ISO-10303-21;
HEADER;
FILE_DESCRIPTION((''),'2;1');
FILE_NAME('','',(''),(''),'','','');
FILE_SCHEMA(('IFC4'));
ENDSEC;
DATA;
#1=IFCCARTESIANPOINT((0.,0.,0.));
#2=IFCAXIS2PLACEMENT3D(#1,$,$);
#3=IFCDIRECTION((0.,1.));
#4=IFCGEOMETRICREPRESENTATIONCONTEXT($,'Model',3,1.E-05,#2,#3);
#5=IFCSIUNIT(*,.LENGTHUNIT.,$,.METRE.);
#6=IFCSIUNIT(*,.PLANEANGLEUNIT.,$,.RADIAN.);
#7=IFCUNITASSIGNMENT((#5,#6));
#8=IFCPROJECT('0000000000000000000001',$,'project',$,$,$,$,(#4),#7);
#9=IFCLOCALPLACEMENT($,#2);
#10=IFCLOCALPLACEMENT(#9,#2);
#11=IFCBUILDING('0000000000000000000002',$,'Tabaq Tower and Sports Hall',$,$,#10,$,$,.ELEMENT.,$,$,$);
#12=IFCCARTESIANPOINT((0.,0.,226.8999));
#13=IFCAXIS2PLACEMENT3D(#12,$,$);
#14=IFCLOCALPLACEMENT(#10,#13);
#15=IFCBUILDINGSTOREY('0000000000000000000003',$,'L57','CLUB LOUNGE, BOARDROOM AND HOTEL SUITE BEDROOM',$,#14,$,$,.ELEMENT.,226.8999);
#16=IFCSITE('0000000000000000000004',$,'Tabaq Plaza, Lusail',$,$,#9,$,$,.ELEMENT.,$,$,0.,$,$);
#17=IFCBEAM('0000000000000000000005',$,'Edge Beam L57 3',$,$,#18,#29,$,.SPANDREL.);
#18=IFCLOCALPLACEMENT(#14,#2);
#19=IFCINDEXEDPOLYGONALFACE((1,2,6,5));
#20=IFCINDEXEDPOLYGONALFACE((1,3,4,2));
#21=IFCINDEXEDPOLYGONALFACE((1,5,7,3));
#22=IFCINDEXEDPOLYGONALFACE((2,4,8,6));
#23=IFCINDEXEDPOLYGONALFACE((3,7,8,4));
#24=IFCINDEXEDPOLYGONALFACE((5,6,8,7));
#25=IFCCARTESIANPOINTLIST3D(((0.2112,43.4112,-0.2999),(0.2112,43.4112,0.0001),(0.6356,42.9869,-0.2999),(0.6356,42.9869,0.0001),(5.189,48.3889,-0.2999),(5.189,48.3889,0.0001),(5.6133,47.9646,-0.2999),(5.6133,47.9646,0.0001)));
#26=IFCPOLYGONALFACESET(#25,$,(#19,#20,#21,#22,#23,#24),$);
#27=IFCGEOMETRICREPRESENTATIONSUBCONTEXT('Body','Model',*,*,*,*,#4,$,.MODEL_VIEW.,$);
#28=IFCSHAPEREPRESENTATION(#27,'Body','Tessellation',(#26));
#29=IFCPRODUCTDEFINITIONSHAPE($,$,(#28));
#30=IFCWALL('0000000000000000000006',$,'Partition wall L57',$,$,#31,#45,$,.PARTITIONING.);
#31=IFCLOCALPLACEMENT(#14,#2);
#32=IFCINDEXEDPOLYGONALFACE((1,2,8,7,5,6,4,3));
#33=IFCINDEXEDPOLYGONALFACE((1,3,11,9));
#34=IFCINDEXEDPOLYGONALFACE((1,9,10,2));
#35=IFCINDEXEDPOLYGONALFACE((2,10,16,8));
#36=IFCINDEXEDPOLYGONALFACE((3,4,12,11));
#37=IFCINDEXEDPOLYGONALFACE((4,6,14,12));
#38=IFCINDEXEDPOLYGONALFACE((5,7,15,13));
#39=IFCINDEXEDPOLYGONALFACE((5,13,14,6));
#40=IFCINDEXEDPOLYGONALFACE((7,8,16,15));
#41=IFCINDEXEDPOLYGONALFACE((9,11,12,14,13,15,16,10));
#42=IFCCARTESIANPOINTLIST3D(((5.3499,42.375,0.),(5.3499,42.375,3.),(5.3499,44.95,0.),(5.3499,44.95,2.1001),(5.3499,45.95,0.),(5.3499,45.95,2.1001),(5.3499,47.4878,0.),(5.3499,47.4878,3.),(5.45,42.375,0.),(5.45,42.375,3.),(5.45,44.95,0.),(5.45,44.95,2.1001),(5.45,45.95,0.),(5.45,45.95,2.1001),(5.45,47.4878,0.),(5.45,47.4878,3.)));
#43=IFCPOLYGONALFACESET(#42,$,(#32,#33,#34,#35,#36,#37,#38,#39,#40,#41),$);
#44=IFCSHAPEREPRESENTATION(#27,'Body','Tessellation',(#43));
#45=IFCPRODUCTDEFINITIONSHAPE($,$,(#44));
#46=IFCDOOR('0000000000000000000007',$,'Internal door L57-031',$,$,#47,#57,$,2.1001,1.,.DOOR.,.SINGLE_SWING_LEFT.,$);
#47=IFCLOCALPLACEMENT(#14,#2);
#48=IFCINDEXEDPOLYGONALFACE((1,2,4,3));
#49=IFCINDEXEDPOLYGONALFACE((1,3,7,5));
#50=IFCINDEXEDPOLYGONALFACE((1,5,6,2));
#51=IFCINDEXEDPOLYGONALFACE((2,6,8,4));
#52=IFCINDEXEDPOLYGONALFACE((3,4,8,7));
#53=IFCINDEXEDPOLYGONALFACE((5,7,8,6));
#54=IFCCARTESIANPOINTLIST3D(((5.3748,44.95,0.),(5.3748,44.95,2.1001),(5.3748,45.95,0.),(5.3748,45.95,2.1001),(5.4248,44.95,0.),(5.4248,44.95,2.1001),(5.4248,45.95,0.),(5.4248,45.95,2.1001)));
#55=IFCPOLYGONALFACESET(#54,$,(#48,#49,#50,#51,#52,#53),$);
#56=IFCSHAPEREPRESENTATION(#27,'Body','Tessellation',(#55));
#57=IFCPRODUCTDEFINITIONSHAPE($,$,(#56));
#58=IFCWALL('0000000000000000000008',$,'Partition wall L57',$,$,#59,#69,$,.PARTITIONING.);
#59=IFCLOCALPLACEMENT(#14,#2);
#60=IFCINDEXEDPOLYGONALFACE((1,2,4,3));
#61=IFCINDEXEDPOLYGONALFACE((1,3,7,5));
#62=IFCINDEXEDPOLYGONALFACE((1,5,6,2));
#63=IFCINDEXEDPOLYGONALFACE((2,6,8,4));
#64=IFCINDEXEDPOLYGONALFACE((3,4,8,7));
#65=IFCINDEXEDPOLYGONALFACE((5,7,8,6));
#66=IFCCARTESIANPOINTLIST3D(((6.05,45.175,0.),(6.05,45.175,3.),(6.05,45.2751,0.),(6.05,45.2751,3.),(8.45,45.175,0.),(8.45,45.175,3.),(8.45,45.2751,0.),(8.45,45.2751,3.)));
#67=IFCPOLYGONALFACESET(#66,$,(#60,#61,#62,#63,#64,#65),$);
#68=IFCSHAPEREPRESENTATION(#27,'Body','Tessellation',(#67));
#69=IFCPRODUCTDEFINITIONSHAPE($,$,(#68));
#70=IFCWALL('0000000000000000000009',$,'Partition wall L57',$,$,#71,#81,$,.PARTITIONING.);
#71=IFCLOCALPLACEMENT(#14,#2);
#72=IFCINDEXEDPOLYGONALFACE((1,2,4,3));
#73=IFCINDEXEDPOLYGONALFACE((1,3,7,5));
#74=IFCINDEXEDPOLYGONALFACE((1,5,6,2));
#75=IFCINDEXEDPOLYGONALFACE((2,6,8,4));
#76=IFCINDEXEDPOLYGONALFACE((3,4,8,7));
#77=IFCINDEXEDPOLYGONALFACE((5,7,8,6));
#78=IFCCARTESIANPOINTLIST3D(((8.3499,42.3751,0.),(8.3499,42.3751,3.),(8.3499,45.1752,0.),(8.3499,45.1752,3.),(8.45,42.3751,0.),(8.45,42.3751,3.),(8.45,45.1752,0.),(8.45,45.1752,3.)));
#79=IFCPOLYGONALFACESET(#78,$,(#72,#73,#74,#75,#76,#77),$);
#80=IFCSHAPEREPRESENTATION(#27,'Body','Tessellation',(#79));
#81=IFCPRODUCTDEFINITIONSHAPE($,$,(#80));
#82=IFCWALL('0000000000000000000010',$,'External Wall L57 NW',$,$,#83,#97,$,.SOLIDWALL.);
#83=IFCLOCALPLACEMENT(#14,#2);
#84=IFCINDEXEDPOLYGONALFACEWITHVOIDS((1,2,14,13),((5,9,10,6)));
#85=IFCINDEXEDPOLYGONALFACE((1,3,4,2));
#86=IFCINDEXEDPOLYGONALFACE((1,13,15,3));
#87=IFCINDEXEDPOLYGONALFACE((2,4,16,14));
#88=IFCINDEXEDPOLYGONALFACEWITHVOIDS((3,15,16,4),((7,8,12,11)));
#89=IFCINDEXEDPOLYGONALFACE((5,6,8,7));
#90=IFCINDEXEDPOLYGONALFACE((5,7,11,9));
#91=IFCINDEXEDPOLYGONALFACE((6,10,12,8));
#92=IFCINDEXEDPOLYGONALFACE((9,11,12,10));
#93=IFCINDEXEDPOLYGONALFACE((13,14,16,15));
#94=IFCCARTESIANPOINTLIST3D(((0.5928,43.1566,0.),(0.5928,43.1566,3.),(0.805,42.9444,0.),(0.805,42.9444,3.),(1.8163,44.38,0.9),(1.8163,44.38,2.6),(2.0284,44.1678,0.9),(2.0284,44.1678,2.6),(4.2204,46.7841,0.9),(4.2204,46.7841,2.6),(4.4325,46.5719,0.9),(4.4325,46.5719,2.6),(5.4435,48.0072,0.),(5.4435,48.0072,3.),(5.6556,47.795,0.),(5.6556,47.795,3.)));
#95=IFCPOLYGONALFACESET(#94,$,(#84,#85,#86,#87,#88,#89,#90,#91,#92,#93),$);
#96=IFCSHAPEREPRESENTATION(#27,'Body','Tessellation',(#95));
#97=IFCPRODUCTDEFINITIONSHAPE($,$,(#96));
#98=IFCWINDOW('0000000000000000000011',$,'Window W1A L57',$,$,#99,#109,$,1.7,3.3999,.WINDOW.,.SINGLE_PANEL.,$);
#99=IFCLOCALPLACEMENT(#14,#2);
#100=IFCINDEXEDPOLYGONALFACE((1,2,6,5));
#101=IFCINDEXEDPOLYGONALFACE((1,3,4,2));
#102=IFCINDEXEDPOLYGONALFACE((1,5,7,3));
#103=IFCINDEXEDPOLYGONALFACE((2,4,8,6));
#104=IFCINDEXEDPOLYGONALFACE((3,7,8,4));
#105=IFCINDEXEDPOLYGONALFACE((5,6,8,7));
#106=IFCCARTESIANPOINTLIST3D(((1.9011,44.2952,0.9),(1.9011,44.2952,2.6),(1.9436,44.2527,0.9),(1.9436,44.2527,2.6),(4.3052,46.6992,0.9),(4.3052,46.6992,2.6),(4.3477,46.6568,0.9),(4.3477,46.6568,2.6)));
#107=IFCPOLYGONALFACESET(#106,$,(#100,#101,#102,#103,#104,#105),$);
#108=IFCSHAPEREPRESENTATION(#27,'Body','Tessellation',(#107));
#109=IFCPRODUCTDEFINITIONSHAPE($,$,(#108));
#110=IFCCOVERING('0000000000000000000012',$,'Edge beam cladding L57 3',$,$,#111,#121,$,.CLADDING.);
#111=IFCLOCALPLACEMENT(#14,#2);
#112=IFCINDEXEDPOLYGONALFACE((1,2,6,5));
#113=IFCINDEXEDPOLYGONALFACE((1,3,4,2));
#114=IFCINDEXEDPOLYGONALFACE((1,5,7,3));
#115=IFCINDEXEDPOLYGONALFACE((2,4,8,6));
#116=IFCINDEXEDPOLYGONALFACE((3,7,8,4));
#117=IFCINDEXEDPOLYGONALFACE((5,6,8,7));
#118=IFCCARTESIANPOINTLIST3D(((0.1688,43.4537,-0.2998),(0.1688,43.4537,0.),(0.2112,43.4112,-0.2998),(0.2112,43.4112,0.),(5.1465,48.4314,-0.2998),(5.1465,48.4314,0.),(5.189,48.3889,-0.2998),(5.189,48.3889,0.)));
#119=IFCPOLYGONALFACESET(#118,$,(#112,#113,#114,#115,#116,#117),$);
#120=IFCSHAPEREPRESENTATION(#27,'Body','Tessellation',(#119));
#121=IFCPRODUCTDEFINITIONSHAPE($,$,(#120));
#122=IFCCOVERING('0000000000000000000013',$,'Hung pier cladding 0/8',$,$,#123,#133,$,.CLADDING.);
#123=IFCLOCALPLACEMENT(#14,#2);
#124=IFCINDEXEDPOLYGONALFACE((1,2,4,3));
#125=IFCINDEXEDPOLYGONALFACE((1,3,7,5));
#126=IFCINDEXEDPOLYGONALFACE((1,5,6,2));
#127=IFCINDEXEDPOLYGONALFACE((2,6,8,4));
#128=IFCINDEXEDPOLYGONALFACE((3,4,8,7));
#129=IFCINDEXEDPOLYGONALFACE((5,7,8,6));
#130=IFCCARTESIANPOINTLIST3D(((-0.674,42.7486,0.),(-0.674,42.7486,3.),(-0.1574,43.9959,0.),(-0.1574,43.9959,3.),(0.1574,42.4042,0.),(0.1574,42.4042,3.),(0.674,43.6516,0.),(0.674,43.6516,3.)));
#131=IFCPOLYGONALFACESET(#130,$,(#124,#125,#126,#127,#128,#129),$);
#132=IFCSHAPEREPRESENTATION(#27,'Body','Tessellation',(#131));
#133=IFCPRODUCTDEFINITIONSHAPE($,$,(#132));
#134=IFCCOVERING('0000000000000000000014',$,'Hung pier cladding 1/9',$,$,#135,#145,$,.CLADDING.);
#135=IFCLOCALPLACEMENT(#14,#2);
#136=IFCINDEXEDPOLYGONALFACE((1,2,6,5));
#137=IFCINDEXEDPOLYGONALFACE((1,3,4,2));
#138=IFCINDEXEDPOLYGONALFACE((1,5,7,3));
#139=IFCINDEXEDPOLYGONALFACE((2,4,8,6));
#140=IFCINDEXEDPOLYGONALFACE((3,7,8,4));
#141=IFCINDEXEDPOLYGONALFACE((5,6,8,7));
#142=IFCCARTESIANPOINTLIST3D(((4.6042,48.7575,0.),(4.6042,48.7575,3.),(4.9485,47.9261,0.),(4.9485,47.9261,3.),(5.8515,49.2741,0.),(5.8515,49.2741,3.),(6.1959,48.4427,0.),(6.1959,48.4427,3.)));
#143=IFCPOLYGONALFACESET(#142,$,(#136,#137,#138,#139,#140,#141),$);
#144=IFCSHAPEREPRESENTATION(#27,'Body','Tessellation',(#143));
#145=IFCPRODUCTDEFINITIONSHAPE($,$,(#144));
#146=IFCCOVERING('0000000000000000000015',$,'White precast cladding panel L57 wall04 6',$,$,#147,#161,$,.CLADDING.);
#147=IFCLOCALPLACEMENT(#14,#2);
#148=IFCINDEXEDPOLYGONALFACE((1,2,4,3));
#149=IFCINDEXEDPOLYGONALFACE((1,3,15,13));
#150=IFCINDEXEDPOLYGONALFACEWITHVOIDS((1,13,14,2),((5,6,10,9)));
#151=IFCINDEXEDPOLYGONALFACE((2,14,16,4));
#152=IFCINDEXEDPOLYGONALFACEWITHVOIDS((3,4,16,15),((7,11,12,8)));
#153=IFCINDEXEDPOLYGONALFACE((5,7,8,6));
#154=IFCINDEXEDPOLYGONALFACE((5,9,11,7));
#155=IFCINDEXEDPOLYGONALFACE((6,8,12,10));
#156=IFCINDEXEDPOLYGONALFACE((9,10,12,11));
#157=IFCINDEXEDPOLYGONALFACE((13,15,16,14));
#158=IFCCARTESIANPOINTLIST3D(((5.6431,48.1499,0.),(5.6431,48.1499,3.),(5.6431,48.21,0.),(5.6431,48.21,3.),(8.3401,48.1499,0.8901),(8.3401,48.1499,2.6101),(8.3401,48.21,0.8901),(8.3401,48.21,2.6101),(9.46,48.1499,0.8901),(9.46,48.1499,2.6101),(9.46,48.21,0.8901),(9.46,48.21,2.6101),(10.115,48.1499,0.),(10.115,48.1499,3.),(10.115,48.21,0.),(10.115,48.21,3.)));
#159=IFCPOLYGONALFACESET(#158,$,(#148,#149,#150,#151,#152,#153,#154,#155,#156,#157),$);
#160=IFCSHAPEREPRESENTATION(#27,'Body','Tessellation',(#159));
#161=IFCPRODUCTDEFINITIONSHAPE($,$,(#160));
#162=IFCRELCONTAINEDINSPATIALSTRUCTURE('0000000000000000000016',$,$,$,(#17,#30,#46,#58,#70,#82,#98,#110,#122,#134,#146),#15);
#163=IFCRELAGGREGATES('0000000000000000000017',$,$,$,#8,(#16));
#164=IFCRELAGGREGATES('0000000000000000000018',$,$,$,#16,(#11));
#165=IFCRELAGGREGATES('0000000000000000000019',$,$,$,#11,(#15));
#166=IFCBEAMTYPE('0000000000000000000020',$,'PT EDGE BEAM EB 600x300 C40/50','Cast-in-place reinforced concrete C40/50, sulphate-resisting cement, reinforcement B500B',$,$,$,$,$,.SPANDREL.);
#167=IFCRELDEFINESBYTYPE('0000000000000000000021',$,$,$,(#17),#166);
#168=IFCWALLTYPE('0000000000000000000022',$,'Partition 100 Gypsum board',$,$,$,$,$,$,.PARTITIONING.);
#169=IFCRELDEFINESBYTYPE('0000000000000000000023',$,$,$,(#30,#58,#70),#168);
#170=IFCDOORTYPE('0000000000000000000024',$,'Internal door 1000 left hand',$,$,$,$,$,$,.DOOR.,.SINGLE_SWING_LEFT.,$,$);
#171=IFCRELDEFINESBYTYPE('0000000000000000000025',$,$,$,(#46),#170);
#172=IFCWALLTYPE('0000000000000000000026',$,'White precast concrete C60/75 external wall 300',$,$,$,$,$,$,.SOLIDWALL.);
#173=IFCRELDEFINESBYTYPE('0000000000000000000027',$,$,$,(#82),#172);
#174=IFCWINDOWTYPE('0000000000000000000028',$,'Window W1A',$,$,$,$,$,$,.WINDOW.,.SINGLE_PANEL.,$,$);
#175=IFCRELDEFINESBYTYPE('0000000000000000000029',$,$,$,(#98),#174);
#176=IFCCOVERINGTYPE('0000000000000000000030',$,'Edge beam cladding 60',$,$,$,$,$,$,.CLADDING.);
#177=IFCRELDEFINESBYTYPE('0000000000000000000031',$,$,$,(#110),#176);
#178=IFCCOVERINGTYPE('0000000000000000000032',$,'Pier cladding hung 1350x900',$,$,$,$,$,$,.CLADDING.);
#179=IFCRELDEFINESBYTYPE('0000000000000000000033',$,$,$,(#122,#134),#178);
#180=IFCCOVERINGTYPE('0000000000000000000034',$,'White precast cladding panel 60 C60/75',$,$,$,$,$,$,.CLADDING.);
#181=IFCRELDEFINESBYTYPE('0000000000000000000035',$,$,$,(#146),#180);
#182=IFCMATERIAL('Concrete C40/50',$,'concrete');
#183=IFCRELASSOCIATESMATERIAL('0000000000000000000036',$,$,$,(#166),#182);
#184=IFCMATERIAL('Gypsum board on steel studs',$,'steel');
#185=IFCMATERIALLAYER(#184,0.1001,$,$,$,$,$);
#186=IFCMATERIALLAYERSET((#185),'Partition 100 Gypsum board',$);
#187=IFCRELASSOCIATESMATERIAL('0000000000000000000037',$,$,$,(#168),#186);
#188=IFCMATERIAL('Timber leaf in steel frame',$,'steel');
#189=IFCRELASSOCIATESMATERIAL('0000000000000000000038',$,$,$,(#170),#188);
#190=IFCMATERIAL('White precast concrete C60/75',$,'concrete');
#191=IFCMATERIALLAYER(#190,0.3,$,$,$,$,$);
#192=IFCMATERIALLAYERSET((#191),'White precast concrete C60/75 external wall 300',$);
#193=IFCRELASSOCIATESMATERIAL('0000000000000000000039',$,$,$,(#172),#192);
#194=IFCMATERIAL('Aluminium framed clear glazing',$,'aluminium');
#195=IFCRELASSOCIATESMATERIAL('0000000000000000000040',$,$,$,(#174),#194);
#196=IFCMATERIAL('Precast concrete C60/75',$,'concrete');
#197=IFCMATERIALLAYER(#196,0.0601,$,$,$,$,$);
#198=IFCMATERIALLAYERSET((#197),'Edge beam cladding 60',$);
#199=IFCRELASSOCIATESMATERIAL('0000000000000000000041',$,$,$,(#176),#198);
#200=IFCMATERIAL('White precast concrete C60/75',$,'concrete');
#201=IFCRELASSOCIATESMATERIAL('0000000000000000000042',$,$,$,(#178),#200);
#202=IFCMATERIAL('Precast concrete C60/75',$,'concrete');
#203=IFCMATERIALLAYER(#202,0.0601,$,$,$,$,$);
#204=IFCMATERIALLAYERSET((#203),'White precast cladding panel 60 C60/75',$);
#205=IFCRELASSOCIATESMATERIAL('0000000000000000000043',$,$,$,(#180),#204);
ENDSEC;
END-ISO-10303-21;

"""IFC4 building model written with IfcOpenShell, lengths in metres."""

from ifc_helpers import new_model, si_unit, direction, frame, frame_2d, origin, origin_2d, place, context, subcontext, project, spatial, polyline, rectangle, outline, extrude, material, layer, layer_set, material_profile, profile_set, type_object, element, fill, save


model = new_model("IFC4")

# Units and contexts
model_context = context("Model", 3, precision=1e-05, world=origin(), true_north=direction((0.0, 1.0)))
body_context = subcontext(model_context, "Body", "Model", "MODEL_VIEW")
ifc_project = project(units=[si_unit("LENGTHUNIT", "METRE"), si_unit("PLANEANGLEUNIT", "RADIAN")], contexts=[model_context])

# Site, building, storey
site_placement = place(None, origin())
site = spatial("IfcSite", under=ifc_project, at=site_placement, Name="Tabaq Plaza, Lusail", CompositionType="ELEMENT", RefElevation=0.0)
building_placement = place(site_placement, origin())
building = spatial("IfcBuilding", under=site, at=building_placement, Name="Tabaq Tower and Sports Hall", CompositionType="ELEMENT")
storey_placement = place(building_placement, frame((0.0, 0.0, 226.8999)))
storey = spatial("IfcBuildingStorey", under=building, at=storey_placement, Name="L57", Description="CLUB LOUNGE, BOARDROOM AND HOTEL SUITE BEDROOM", CompositionType="ELEMENT", Elevation=226.8999)

# Beam
ifc_material_1 = material(Name="Concrete C40/50", Category="concrete")
ifc_material_profile = material_profile(ifc_material_1, rectangle(XDim=0.6001, YDim=0.3, at=origin_2d()), Name="EB 600x300")
ifc_profile_set = profile_set([ifc_material_profile], Name="Concrete C40/50")
beam_type = type_object("IfcBeamType", Name="PT EDGE BEAM EB 600x300 C40/50", Description="Cast-in-place reinforced concrete C40/50, sulphate-resisting cement, reinforcement B500B", PredefinedType="SPANDREL", material=ifc_profile_set)
beam_placement = place(storey_placement, frame((5.4011, 48.1768, -0.1499), z_axis=(-0.707107, -0.707107, 0.0), x_axis=(0.707107, -0.707107, 0.0)))
element("IfcBeam", 1, at=beam_placement, inside=storey, type_object=beam_type, Name="Edge Beam L57 3", PredefinedType="SPANDREL", context=body_context, shape_type="SweptSolid", body=[
    extrude(rectangle(XDim=0.6001, YDim=0.3, at=origin_2d()), origin(), (0.0, 0.0, 1.0), 7.0396),
])

# Wall, opening, door
ifc_material_2 = material(Name="Gypsum board on steel studs", Category="steel")
ifc_layer_1 = layer(ifc_material_2, 0.1001)
ifc_layer_set_1 = layer_set([ifc_layer_1], Name="Partition 100 Gypsum board")
wall_type_1 = type_object("IfcWallType", Name="Partition 100 Gypsum board", PredefinedType="PARTITIONING", material=ifc_layer_set_1)
wall_1_placement = place(storey_placement, frame((5.3999, 47.4878, 0.0), z_axis=(0.0, 0.0, 1.0), x_axis=(0.0, -1.0, 0.0)))
wall_1 = element("IfcWall", 2, at=wall_1_placement, inside=storey, type_object=wall_type_1, Name="Partition wall L57", PredefinedType="PARTITIONING", context=body_context, shape_type="SweptSolid", body=[
    extrude(rectangle(XDim=5.1128, YDim=0.1001, at=frame_2d((2.5564, 0.0))), origin(), (0.0, 0.0, 1.0), 3.0),
])
opening_1_placement = place(wall_1_placement, frame((1.5378, 0.0, 0.0)))
opening_1 = element("IfcOpeningElement", 3, at=opening_1_placement, cuts=wall_1, PredefinedType="OPENING", context=body_context, shape_type="SweptSolid", body=[
    extrude(rectangle(XDim=1.0, YDim=2.1001, at=frame_2d((0.5, 1.05))), frame((0.0, 0.05, 0.0), z_axis=(0.0, -1.0, 0.0), x_axis=(1.0, 0.0, 0.0)), (0.0, 0.0, 1.0), 0.1001),
])
ifc_material_3 = material(Name="Timber leaf in steel frame", Category="steel")
door_type = type_object("IfcDoorType", Name="Internal door 1000 left hand", OperationType="SINGLE_SWING_LEFT", PredefinedType="DOOR", material=ifc_material_3)
door_placement = place(opening_1_placement, origin())
door = element("IfcDoor", 4, at=door_placement, inside=storey, type_object=door_type, Name="Internal door L57-031", OperationType="SINGLE_SWING_LEFT", OverallHeight=2.1001, OverallWidth=1.0, PredefinedType="DOOR", context=body_context, shape_type="SweptSolid", body=[
    extrude(rectangle(XDim=1.0, YDim=2.1001, at=frame_2d((0.5, 1.05))), frame((0.0, 0.0249, 0.0), z_axis=(0.0, -1.0, 0.0), x_axis=(1.0, 0.0, 0.0)), (0.0, 0.0, 1.0), 0.05),
])
fill(opening_1, door)

# Walls
wall_2_placement = place(storey_placement, frame((6.05, 45.2251, 0.0), z_axis=(0.0, 0.0, 1.0), x_axis=(1.0, 0.0, 0.0)))
element("IfcWall", 5, at=wall_2_placement, inside=storey, type_object=wall_type_1, Name="Partition wall L57", PredefinedType="PARTITIONING", context=body_context, shape_type="SweptSolid", body=[
    extrude(rectangle(XDim=2.3999, YDim=0.1001, at=frame_2d((1.2, 0.0))), origin(), (0.0, 0.0, 1.0), 3.0),
])
wall_3_placement = place(storey_placement, frame((8.3999, 45.175, 0.0), z_axis=(0.0, 0.0, 1.0), x_axis=(0.0, -1.0, 0.0)))
element("IfcWall", 6, at=wall_3_placement, inside=storey, type_object=wall_type_1, Name="Partition wall L57", PredefinedType="PARTITIONING", context=body_context, shape_type="SweptSolid", body=[
    extrude(rectangle(XDim=2.8, YDim=0.1001, at=frame_2d((1.3999, 0.0))), origin(), (0.0, 0.0, 1.0), 3.0),
])

# Wall, opening, window
ifc_material_4 = material(Name="White precast concrete C60/75", Category="concrete")
ifc_layer_2 = layer(ifc_material_4, 0.3)
ifc_layer_set_2 = layer_set([ifc_layer_2], Name="White precast concrete C60/75 external wall 300")
wall_type_2 = type_object("IfcWallType", Name="White precast concrete C60/75 external wall 300", PredefinedType="SOLIDWALL", material=ifc_layer_set_2)
wall_4_placement = place(storey_placement, frame((5.5496, 47.9011, 0.0), z_axis=(0.0, 0.0, 1.0), x_axis=(-0.707107, -0.707107, 0.0)))
wall_4 = element("IfcWall", 7, at=wall_4_placement, inside=storey, type_object=wall_type_2, Name="External Wall L57 NW", PredefinedType="SOLIDWALL", context=body_context, shape_type="SweptSolid", body=[
    extrude(rectangle(XDim=6.8599, YDim=0.3, at=frame_2d((3.4299, 0.0))), origin(), (0.0, 0.0, 1.0), 3.0),
])
opening_2_placement = place(wall_4_placement, frame((1.7297, 0.0, 0.8999)))
opening_2 = element("IfcOpeningElement", 8, at=opening_2_placement, cuts=wall_4, PredefinedType="OPENING", context=body_context, shape_type="SweptSolid", body=[
    extrude(rectangle(XDim=3.3999, YDim=1.7, at=frame_2d((1.7, 0.8501))), frame((0.0, 0.1602, 0.0), z_axis=(0.0, -1.0, 0.0), x_axis=(1.0, 0.0, 0.0)), (0.0, 0.0, 1.0), 0.3201),
])
ifc_material_5 = material(Name="Aluminium framed clear glazing", Category="aluminium")
window_type = type_object("IfcWindowType", Name="Window W1A", PartitioningType="SINGLE_PANEL", PredefinedType="WINDOW", material=ifc_material_5)
window_placement = place(opening_2_placement, origin())
window = element("IfcWindow", 9, at=window_placement, inside=storey, type_object=window_type, Name="Window W1A L57", OverallHeight=1.7, OverallWidth=3.3999, PartitioningType="SINGLE_PANEL", PredefinedType="WINDOW", context=body_context, shape_type="SweptSolid", body=[
    extrude(rectangle(XDim=3.3999, YDim=1.7, at=frame_2d((1.7, 0.8501))), frame((0.0, 0.03, 0.0), z_axis=(0.0, -1.0, 0.0), x_axis=(1.0, 0.0, 0.0)), (0.0, 0.0, 1.0), 0.0601),
])
fill(opening_2, window)

# Coverings
ifc_material_6 = material(Name="Precast concrete C60/75", Category="concrete")
ifc_layer_3 = layer(ifc_material_6, 0.0601)
ifc_layer_set_3 = layer_set([ifc_layer_3], Name="Edge beam cladding 60")
covering_type_1 = type_object("IfcCoveringType", Name="Edge beam cladding 60", PredefinedType="CLADDING", material=ifc_layer_set_3)
covering_1_placement = place(storey_placement, frame((5.1677, 48.4102, -0.2998), z_axis=(0.0, 0.0, 1.0), x_axis=(-0.707107, -0.707107, 0.0)))
element("IfcCovering", 10, at=covering_1_placement, inside=storey, type_object=covering_type_1, Name="Edge beam cladding L57 3", PredefinedType="CLADDING", context=body_context, shape_type="SweptSolid", body=[
    extrude(rectangle(XDim=7.0396, YDim=0.0601, at=frame_2d((3.5198, 0.0))), origin(), (0.0, 0.0, 1.0), 0.2998),
])
ifc_material_7 = material(Name="White precast concrete C60/75", Category="concrete")
covering_type_2 = type_object("IfcCoveringType", Name="Pier cladding hung 1350x900", PredefinedType="CLADDING", material=ifc_material_7)
for number, where, z_axis, x_axis, name in (
    (11, (0.2583, 43.8237, 0.0), (0.0, 0.0, 1.0), (-0.38265, -0.923893, 0.0), "Hung pier cladding 0/8"),
    (12, (6.0237, 48.8584, 0.0), (0.0, 0.0, 1.0), (-0.923893, -0.38265, 0.0), "Hung pier cladding 1/9"),
):
    element("IfcCovering", number, at=place(storey_placement, frame(where, z_axis=z_axis, x_axis=x_axis)), inside=storey, type_object=covering_type_2, Name=name, PredefinedType="CLADDING", context=body_context, shape_type="SweptSolid", body=[
        extrude(rectangle(XDim=1.3501, YDim=0.8999, at=frame_2d((0.675, 0.0))), origin(), (0.0, 0.0, 1.0), 3.0),
    ])
ifc_material_8 = material(Name="Precast concrete C60/75", Category="concrete")
ifc_layer_4 = layer(ifc_material_8, 0.0601)
ifc_layer_set_4 = layer_set([ifc_layer_4], Name="White precast cladding panel 60 C60/75")
covering_type_3 = type_object("IfcCoveringType", Name="White precast cladding panel 60 C60/75", PredefinedType="CLADDING", material=ifc_layer_set_4)
covering_2_placement = place(storey_placement, frame((10.115, 48.1799, 0.0), z_axis=(0.0, 0.0, 1.0), x_axis=(-1.0, 0.0, 0.0)))
element("IfcCovering", 13, at=covering_2_placement, inside=storey, type_object=covering_type_3, Name="White precast cladding panel L57 wall04 6", PredefinedType="CLADDING", context=body_context, shape_type="SweptSolid", body=[
    extrude(outline(polyline([(0.0, 0.0), (4.4719, 0.0), (4.4719, 3.0), (0.0, 3.0), (0.0, 0.0)]), holes=[polyline([(0.655, 0.8901), (0.655, 2.6101), (1.7749, 2.6101), (1.7749, 0.8901), (0.655, 0.8901)])]), frame((0.0, 0.03, 0.0), z_axis=(0.0, -1.0, 0.0), x_axis=(1.0, 0.0, 0.0)), (0.0, 0.0, 1.0), 0.0601),
])

save(model, "model.ifc")
